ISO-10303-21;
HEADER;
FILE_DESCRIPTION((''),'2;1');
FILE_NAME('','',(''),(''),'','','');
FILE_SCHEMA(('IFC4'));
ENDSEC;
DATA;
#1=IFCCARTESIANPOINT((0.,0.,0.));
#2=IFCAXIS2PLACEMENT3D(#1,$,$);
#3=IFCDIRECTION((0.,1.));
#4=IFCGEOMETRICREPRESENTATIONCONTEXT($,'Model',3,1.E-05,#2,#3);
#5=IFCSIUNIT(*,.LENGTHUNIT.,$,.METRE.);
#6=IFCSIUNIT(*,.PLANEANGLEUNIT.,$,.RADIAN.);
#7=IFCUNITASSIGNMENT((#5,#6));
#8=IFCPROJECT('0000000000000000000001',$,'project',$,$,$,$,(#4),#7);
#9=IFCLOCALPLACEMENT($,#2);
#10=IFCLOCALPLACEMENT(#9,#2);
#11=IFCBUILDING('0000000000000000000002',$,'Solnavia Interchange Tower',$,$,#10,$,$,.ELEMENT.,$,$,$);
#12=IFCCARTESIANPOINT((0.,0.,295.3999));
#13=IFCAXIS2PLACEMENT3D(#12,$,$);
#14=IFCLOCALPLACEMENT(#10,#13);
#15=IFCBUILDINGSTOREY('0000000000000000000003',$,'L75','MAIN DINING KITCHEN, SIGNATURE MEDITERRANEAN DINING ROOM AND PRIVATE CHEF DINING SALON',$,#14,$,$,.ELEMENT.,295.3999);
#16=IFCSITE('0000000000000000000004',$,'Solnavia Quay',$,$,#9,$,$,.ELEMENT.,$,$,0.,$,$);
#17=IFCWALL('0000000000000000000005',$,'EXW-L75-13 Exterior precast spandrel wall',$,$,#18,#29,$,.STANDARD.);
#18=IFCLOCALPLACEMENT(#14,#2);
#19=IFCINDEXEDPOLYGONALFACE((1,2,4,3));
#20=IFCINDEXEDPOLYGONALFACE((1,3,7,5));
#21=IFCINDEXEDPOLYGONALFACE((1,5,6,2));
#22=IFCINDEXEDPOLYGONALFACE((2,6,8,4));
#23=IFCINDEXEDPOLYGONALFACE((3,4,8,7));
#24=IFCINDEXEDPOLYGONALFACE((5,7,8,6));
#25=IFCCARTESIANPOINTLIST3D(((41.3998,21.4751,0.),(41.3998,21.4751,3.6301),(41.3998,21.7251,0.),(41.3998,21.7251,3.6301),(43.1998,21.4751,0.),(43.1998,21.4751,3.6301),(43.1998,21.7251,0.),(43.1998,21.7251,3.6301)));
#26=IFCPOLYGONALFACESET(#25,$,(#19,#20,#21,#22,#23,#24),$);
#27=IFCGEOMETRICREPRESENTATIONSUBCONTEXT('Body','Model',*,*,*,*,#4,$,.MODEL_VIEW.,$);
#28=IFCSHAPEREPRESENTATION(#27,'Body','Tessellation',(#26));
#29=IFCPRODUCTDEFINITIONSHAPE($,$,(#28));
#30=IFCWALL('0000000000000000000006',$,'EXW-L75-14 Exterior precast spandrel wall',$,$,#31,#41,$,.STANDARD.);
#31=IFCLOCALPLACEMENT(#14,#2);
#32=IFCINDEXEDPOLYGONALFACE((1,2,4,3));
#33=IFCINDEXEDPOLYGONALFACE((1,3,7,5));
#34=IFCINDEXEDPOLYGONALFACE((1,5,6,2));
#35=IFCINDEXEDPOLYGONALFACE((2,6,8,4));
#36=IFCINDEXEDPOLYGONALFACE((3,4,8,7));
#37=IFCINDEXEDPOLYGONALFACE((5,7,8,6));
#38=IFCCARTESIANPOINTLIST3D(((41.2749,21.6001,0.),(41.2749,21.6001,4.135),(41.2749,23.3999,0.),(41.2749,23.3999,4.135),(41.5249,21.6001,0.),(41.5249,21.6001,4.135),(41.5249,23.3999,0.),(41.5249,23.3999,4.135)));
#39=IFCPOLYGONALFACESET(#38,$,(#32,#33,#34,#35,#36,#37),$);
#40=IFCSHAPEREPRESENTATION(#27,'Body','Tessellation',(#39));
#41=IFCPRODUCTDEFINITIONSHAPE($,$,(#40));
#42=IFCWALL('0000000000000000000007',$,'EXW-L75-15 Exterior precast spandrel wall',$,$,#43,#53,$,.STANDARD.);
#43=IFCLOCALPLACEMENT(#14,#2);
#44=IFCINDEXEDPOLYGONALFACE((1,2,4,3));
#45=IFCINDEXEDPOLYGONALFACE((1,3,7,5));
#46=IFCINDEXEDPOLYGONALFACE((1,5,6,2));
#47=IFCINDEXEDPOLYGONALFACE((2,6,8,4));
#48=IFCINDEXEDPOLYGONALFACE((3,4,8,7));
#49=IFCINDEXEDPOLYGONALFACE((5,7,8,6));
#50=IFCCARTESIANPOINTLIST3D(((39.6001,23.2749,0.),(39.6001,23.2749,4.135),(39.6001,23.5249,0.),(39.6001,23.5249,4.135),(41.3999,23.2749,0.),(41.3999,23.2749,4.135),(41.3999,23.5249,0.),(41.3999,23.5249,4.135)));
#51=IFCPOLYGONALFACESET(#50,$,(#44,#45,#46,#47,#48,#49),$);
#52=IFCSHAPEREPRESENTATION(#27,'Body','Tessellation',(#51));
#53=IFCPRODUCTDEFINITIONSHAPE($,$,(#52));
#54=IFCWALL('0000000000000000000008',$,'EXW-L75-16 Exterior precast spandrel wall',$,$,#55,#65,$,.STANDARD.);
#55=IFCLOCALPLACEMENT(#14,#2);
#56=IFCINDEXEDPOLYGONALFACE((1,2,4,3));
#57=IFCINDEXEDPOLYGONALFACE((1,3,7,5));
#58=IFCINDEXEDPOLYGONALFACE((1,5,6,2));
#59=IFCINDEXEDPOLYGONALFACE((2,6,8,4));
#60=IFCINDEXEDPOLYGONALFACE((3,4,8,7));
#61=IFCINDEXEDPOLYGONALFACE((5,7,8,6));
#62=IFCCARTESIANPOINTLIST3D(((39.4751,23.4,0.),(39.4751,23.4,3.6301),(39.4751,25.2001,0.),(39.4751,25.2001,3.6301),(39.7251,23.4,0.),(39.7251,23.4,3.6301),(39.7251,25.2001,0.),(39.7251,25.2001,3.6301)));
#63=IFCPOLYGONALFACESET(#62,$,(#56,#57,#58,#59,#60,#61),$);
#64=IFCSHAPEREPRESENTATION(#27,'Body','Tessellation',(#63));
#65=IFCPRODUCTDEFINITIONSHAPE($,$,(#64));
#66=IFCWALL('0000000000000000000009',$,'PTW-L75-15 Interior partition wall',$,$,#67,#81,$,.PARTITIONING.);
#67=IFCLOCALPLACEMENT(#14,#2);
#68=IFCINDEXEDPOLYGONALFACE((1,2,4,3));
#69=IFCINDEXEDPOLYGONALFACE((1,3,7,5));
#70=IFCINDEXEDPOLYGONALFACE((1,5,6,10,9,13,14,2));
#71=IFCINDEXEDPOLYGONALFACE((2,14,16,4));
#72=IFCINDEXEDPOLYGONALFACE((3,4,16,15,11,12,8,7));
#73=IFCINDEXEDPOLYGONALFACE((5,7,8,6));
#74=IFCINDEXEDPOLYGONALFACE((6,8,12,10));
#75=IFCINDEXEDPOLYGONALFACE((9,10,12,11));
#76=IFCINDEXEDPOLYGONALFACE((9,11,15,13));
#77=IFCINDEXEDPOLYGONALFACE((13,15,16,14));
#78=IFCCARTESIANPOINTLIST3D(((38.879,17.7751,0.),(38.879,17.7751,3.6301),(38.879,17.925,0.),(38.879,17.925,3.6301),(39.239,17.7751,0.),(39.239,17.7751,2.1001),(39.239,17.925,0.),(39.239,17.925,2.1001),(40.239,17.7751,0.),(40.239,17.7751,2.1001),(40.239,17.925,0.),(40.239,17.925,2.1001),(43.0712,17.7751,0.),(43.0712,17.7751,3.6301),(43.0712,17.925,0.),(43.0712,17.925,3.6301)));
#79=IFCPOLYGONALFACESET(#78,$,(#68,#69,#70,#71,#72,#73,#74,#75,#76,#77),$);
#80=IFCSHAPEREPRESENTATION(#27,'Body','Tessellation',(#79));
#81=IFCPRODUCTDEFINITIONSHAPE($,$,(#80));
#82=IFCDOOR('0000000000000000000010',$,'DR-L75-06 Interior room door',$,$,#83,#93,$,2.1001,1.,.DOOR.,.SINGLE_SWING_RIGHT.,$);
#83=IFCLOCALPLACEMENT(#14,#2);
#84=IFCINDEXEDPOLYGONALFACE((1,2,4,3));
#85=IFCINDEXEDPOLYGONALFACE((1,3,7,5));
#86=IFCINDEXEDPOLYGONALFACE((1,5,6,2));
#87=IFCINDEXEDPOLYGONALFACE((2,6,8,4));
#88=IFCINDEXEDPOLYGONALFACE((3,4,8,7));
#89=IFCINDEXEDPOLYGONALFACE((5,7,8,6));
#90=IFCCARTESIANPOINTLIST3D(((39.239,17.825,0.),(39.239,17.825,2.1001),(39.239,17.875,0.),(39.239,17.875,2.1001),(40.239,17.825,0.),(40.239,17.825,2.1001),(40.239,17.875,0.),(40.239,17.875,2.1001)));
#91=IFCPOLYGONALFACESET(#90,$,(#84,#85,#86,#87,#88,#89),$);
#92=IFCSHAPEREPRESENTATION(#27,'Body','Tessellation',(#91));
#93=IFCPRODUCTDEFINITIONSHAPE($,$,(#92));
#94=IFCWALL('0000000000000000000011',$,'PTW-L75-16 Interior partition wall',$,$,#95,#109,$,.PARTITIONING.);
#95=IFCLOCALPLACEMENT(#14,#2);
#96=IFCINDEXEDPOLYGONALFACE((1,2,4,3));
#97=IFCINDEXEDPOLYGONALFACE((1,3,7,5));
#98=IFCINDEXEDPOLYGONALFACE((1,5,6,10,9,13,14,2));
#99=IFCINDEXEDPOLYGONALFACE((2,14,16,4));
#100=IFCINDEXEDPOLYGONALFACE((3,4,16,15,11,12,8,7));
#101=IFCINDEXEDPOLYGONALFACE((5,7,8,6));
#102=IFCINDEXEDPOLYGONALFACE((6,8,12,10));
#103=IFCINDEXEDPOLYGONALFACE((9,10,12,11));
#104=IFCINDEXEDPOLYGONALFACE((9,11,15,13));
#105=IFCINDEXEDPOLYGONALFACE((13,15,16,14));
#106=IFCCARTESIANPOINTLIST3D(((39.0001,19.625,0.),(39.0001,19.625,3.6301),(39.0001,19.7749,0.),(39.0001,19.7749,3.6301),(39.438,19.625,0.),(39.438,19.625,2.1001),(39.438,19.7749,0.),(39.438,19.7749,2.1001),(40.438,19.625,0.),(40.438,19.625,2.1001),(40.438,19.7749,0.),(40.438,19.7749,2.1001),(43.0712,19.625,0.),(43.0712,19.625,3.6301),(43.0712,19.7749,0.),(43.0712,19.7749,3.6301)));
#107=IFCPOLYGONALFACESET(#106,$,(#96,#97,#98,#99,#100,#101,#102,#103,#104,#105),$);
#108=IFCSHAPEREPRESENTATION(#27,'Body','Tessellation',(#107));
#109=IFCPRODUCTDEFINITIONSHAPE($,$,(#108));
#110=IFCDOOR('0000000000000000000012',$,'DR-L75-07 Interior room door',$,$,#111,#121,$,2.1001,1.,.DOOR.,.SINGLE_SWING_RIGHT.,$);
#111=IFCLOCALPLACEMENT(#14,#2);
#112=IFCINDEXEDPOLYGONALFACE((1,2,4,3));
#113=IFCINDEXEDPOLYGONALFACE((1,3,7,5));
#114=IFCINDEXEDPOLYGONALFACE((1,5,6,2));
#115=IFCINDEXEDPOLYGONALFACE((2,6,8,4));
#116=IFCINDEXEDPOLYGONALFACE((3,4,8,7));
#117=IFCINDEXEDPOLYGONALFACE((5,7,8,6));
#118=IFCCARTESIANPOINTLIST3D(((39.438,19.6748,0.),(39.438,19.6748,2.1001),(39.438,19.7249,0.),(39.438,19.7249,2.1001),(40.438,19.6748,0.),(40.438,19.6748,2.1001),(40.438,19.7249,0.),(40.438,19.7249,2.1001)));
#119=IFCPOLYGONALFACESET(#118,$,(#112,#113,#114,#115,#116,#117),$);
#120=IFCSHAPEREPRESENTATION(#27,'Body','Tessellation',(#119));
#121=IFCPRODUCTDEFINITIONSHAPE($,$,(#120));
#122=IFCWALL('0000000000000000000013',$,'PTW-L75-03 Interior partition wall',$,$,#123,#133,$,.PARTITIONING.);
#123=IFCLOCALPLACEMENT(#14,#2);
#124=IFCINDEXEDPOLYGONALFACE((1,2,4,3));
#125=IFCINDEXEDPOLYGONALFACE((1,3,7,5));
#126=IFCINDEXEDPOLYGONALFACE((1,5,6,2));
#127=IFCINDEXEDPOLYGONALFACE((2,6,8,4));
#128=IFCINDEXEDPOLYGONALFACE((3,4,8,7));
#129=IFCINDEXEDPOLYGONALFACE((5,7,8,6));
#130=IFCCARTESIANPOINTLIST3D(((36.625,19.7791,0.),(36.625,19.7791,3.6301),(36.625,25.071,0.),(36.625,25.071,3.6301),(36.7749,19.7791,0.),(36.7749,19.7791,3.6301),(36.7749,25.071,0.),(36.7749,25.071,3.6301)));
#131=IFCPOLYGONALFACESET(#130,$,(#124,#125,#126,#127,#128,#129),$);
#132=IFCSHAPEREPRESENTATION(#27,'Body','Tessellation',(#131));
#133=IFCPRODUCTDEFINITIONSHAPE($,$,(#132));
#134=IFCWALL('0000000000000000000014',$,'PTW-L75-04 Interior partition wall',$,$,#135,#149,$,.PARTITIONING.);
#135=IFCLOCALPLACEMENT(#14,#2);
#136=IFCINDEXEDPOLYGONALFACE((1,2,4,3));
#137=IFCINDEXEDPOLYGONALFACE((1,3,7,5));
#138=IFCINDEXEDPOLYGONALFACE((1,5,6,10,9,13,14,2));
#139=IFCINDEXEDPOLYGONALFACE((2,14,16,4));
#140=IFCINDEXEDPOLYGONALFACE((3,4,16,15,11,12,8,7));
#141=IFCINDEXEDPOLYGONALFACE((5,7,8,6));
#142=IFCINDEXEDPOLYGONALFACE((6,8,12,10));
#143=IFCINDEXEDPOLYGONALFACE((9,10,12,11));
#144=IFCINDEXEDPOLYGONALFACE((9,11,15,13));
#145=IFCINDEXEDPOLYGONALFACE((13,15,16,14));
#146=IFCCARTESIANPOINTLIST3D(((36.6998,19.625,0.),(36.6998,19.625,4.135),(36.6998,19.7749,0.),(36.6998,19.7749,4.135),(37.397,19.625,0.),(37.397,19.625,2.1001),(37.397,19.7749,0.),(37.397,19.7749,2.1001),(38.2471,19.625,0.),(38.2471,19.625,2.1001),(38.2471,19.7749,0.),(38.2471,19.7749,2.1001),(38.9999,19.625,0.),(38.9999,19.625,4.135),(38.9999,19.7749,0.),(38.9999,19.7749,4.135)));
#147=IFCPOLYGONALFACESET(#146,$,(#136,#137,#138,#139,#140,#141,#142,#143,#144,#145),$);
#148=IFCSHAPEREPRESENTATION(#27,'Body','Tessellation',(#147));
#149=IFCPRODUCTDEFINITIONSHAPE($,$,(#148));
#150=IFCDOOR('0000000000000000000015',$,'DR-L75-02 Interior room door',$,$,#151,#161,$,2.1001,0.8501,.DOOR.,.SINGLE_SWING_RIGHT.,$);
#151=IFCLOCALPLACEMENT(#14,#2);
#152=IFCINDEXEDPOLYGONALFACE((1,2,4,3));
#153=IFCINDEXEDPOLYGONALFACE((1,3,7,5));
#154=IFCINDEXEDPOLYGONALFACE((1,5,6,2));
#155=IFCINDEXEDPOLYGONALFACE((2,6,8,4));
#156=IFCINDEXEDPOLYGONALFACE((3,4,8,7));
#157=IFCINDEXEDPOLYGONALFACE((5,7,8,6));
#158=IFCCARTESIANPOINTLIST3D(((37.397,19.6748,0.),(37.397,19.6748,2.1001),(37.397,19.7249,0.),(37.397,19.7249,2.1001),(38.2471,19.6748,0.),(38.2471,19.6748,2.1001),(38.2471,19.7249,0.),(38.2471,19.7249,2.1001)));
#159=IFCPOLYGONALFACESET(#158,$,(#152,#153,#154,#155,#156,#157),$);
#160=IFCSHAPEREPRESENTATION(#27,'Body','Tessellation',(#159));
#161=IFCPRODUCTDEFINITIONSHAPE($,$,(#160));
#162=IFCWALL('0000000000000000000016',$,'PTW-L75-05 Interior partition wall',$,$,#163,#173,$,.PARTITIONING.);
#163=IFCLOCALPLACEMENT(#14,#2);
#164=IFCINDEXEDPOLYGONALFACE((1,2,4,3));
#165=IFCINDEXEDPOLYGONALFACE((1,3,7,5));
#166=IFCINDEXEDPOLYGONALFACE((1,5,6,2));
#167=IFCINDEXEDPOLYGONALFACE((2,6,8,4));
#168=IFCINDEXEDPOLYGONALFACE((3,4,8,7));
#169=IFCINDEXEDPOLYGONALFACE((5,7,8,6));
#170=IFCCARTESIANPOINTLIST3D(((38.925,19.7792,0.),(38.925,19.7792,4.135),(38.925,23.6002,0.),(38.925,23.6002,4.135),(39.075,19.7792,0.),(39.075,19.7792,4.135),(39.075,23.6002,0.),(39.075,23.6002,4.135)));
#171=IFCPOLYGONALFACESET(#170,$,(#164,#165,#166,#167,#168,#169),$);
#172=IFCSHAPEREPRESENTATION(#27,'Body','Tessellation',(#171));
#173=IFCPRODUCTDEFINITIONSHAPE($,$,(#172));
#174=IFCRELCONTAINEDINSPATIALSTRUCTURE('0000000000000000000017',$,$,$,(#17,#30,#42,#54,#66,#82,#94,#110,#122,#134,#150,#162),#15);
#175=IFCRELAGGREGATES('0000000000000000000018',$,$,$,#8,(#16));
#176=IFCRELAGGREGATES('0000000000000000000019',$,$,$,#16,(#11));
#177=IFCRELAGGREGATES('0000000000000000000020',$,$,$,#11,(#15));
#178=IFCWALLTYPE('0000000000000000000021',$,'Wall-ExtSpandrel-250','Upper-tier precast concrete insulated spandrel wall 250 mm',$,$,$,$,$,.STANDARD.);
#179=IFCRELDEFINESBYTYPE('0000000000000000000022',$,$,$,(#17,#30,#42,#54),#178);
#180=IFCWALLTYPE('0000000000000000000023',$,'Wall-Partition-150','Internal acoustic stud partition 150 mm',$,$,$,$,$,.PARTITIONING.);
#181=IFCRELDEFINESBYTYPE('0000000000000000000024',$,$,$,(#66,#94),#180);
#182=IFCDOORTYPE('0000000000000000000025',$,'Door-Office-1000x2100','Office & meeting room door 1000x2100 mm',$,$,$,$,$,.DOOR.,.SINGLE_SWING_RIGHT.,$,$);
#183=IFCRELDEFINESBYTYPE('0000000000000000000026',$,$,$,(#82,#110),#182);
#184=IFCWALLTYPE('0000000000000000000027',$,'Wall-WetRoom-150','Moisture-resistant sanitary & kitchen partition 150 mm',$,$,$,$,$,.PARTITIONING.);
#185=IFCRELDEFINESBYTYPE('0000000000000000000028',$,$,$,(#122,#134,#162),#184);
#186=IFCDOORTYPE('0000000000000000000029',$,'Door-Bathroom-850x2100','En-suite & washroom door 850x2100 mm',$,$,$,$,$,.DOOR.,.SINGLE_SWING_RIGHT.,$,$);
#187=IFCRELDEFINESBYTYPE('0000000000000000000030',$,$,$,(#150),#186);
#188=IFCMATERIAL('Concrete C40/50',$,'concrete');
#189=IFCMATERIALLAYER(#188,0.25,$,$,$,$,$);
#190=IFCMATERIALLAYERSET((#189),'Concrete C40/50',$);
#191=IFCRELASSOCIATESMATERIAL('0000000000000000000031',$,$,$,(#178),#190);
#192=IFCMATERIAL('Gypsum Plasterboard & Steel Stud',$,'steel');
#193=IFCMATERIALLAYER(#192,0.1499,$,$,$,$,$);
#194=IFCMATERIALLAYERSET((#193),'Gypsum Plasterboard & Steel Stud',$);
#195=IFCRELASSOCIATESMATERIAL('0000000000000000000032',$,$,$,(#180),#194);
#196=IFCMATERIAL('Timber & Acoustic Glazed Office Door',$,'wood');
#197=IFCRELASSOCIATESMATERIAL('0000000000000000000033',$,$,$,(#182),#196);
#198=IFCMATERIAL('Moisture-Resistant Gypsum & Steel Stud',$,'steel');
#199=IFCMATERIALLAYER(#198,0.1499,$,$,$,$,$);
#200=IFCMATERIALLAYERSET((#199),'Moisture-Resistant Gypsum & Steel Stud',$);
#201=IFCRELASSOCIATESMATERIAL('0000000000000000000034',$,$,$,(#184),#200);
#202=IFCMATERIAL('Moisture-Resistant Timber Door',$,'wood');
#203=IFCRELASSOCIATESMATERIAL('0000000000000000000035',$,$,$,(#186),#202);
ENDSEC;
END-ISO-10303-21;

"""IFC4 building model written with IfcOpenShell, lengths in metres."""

from ifc_helpers import new_model, si_unit, direction, frame, frame_2d, origin, place, context, subcontext, project, spatial, rectangle, extrude, material, layer, layer_set, type_object, element, fill, save


model = new_model("IFC4")

# Units and contexts
model_context = context("Model", 3, precision=1e-05, world=origin(), true_north=direction((0.0, 1.0)))
body_context = subcontext(model_context, "Body", "Model", "MODEL_VIEW")
ifc_project = project(units=[si_unit("LENGTHUNIT", "METRE"), si_unit("PLANEANGLEUNIT", "RADIAN")], contexts=[model_context])

# Site, building, storey
site_placement = place(None, origin())
site = spatial("IfcSite", under=ifc_project, at=site_placement, Name="Solnavia Quay", CompositionType="ELEMENT", RefElevation=0.0)
building_placement = place(site_placement, origin())
building = spatial("IfcBuilding", under=site, at=building_placement, Name="Solnavia Interchange Tower", CompositionType="ELEMENT")
storey_placement = place(building_placement, frame((0.0, 0.0, 295.3999)))
storey = spatial("IfcBuildingStorey", under=building, at=storey_placement, Name="L75", Description="MAIN DINING KITCHEN, SIGNATURE MEDITERRANEAN DINING ROOM AND PRIVATE CHEF DINING SALON", CompositionType="ELEMENT", Elevation=295.3999)

# Shared definitions
ifc_material_1 = material(Name="Concrete C40/50", Category="concrete")
ifc_layer_1 = layer(ifc_material_1, 0.25)
ifc_layer_set_1 = layer_set([ifc_layer_1], Name="Concrete C40/50")
wall_type_1 = type_object("IfcWallType", Name="Wall-ExtSpandrel-250", Description="Upper-tier precast concrete insulated spandrel wall 250 mm", PredefinedType="STANDARD", material=ifc_layer_set_1)

# Walls
wall_1_placement = place(storey_placement, frame((41.3999, 21.6001, 0.0), z_axis=(0.0, 0.0, 1.0), x_axis=(1.0, 0.0, 0.0)))
element("IfcWall", 1, at=wall_1_placement, inside=storey, type_object=wall_type_1, Name="EXW-L75-13 Exterior precast spandrel wall", PredefinedType="STANDARD", context=body_context, shape_type="SweptSolid", body=[
    extrude(rectangle(XDim=1.8, YDim=0.25, at=frame_2d((0.8999, 0.0))), origin(), (0.0, 0.0, 1.0), 3.6301),
])
for number, where, z_axis, x_axis, name in (
    (2, (41.3999, 23.3999, 0.0), (0.0, 0.0, 1.0), (0.0, -1.0, 0.0), "EXW-L75-14 Exterior precast spandrel wall"),
    (3, (39.6001, 23.3999, 0.0), (0.0, 0.0, 1.0), (1.0, 0.0, 0.0), "EXW-L75-15 Exterior precast spandrel wall"),
):
    element("IfcWall", number, at=place(storey_placement, frame(where, z_axis=z_axis, x_axis=x_axis)), inside=storey, type_object=wall_type_1, Name=name, PredefinedType="STANDARD", context=body_context, shape_type="SweptSolid", body=[
        extrude(rectangle(XDim=1.7998, YDim=0.25, at=frame_2d((0.8999, 0.0))), origin(), (0.0, 0.0, 1.0), 4.135),
    ])
wall_2_placement = place(storey_placement, frame((39.6001, 25.2, 0.0), z_axis=(0.0, 0.0, 1.0), x_axis=(0.0, -1.0, 0.0)))
element("IfcWall", 4, at=wall_2_placement, inside=storey, type_object=wall_type_1, Name="EXW-L75-16 Exterior precast spandrel wall", PredefinedType="STANDARD", context=body_context, shape_type="SweptSolid", body=[
    extrude(rectangle(XDim=1.8, YDim=0.25, at=frame_2d((0.8999, 0.0))), origin(), (0.0, 0.0, 1.0), 3.6301),
])

# Walls, openings, doors
ifc_material_2 = material(Name="Gypsum Plasterboard & Steel Stud", Category="steel")
ifc_layer_2 = layer(ifc_material_2, 0.1499)
ifc_layer_set_2 = layer_set([ifc_layer_2], Name="Gypsum Plasterboard & Steel Stud")
wall_type_2 = type_object("IfcWallType", Name="Wall-Partition-150", Description="Internal acoustic stud partition 150 mm", PredefinedType="PARTITIONING", material=ifc_layer_set_2)
wall_3_placement = place(storey_placement, frame((38.8789, 17.8501, 0.0), z_axis=(0.0, 0.0, 1.0), x_axis=(1.0, 0.0, 0.0)))
wall_3 = element("IfcWall", 5, at=wall_3_placement, inside=storey, type_object=wall_type_2, Name="PTW-L75-15 Interior partition wall", PredefinedType="PARTITIONING", context=body_context, shape_type="SweptSolid", body=[
    extrude(rectangle(XDim=4.1921, YDim=0.1499, at=frame_2d((2.0962, 0.0))), origin(), (0.0, 0.0, 1.0), 3.6301),
])
opening_1_placement = place(wall_3_placement, frame((0.3601, 0.0, 0.0)))
opening_1 = element("IfcOpeningElement", 6, at=opening_1_placement, cuts=wall_3, PredefinedType="OPENING", context=body_context, shape_type="SweptSolid", body=[
    extrude(rectangle(XDim=1.0, YDim=2.1001, at=frame_2d((0.5, 1.05))), frame((0.0, 0.085, 0.0), z_axis=(0.0, -1.0, 0.0), x_axis=(1.0, 0.0, 0.0)), (0.0, 0.0, 1.0), 0.1699),
])
ifc_material_3 = material(Name="Timber & Acoustic Glazed Office Door", Category="wood")
door_type_1 = type_object("IfcDoorType", Name="Door-Office-1000x2100", Description="Office & meeting room door 1000x2100 mm", OperationType="SINGLE_SWING_RIGHT", PredefinedType="DOOR", material=ifc_material_3)
door_1_placement = place(opening_1_placement, origin())
door_1 = element("IfcDoor", 7, at=door_1_placement, inside=storey, type_object=door_type_1, Name="DR-L75-06 Interior room door", OperationType="SINGLE_SWING_RIGHT", OverallHeight=2.1001, OverallWidth=1.0, PredefinedType="DOOR", context=body_context, shape_type="SweptSolid", body=[
    extrude(rectangle(XDim=1.0, YDim=2.1001, at=frame_2d((0.5, 1.05))), frame((0.0, 0.0249, 0.0), z_axis=(0.0, -1.0, 0.0), x_axis=(1.0, 0.0, 0.0)), (0.0, 0.0, 1.0), 0.05),
])
fill(opening_1, door_1)
wall_4_placement = place(storey_placement, frame((39.0, 19.7, 0.0), z_axis=(0.0, 0.0, 1.0), x_axis=(1.0, 0.0, 0.0)))
wall_4 = element("IfcWall", 8, at=wall_4_placement, inside=storey, type_object=wall_type_2, Name="PTW-L75-16 Interior partition wall", PredefinedType="PARTITIONING", context=body_context, shape_type="SweptSolid", body=[
    extrude(rectangle(XDim=4.071, YDim=0.1499, at=frame_2d((2.0356, 0.0))), origin(), (0.0, 0.0, 1.0), 3.6301),
])
opening_2_placement = place(wall_4_placement, frame((0.438, 0.0, 0.0)))
opening_2 = element("IfcOpeningElement", 9, at=opening_2_placement, cuts=wall_4, PredefinedType="OPENING", context=body_context, shape_type="SweptSolid", body=[
    extrude(rectangle(XDim=1.0, YDim=2.1001, at=frame_2d((0.5, 1.05))), frame((0.0, 0.085, 0.0), z_axis=(0.0, -1.0, 0.0), x_axis=(1.0, 0.0, 0.0)), (0.0, 0.0, 1.0), 0.1699),
])
door_2_placement = place(opening_2_placement, origin())
door_2 = element("IfcDoor", 10, at=door_2_placement, inside=storey, type_object=door_type_1, Name="DR-L75-07 Interior room door", OperationType="SINGLE_SWING_RIGHT", OverallHeight=2.1001, OverallWidth=1.0, PredefinedType="DOOR", context=body_context, shape_type="SweptSolid", body=[
    extrude(rectangle(XDim=1.0, YDim=2.1001, at=frame_2d((0.5, 1.05))), frame((0.0, 0.0249, 0.0), z_axis=(0.0, -1.0, 0.0), x_axis=(1.0, 0.0, 0.0)), (0.0, 0.0, 1.0), 0.05),
])
fill(opening_2, door_2)

# Wall
ifc_material_4 = material(Name="Moisture-Resistant Gypsum & Steel Stud", Category="steel")
ifc_layer_3 = layer(ifc_material_4, 0.1499)
ifc_layer_set_3 = layer_set([ifc_layer_3], Name="Moisture-Resistant Gypsum & Steel Stud")
wall_type_3 = type_object("IfcWallType", Name="Wall-WetRoom-150", Description="Moisture-resistant sanitary & kitchen partition 150 mm", PredefinedType="PARTITIONING", material=ifc_layer_set_3)
wall_5_placement = place(storey_placement, frame((36.7, 19.7791, 0.0), z_axis=(0.0, 0.0, 1.0), x_axis=(0.0, 1.0, 0.0)))
element("IfcWall", 11, at=wall_5_placement, inside=storey, type_object=wall_type_3, Name="PTW-L75-03 Interior partition wall", PredefinedType="PARTITIONING", context=body_context, shape_type="SweptSolid", body=[
    extrude(rectangle(XDim=5.292, YDim=0.1499, at=frame_2d((2.646, 0.0))), origin(), (0.0, 0.0, 1.0), 3.6301),
])

# Wall, opening, door
wall_6_placement = place(storey_placement, frame((36.7, 19.7, 0.0), z_axis=(0.0, 0.0, 1.0), x_axis=(1.0, 0.0, 0.0)))
wall_6 = element("IfcWall", 12, at=wall_6_placement, inside=storey, type_object=wall_type_3, Name="PTW-L75-04 Interior partition wall", PredefinedType="PARTITIONING", context=body_context, shape_type="SweptSolid", body=[
    extrude(rectangle(XDim=2.3, YDim=0.1499, at=frame_2d((1.1499, 0.0))), origin(), (0.0, 0.0, 1.0), 4.135),
])
opening_3_placement = place(wall_6_placement, frame((0.697, 0.0, 0.0)))
opening_3 = element("IfcOpeningElement", 13, at=opening_3_placement, cuts=wall_6, PredefinedType="OPENING", context=body_context, shape_type="SweptSolid", body=[
    extrude(rectangle(XDim=0.8501, YDim=2.1001, at=frame_2d((0.425, 1.05))), frame((0.0, 0.085, 0.0), z_axis=(0.0, -1.0, 0.0), x_axis=(1.0, 0.0, 0.0)), (0.0, 0.0, 1.0), 0.1699),
])
ifc_material_5 = material(Name="Moisture-Resistant Timber Door", Category="wood")
door_type_2 = type_object("IfcDoorType", Name="Door-Bathroom-850x2100", Description="En-suite & washroom door 850x2100 mm", OperationType="SINGLE_SWING_RIGHT", PredefinedType="DOOR", material=ifc_material_5)
door_3_placement = place(opening_3_placement, origin())
door_3 = element("IfcDoor", 14, at=door_3_placement, inside=storey, type_object=door_type_2, Name="DR-L75-02 Interior room door", OperationType="SINGLE_SWING_RIGHT", OverallHeight=2.1001, OverallWidth=0.8501, PredefinedType="DOOR", context=body_context, shape_type="SweptSolid", body=[
    extrude(rectangle(XDim=0.8501, YDim=2.1001, at=frame_2d((0.425, 1.05))), frame((0.0, 0.0249, 0.0), z_axis=(0.0, -1.0, 0.0), x_axis=(1.0, 0.0, 0.0)), (0.0, 0.0, 1.0), 0.05),
])
fill(opening_3, door_3)

# Wall
wall_7_placement = place(storey_placement, frame((39.0, 19.7791, 0.0), z_axis=(0.0, 0.0, 1.0), x_axis=(0.0, 1.0, 0.0)))
element("IfcWall", 15, at=wall_7_placement, inside=storey, type_object=wall_type_3, Name="PTW-L75-05 Interior partition wall", PredefinedType="PARTITIONING", context=body_context, shape_type="SweptSolid", body=[
    extrude(rectangle(XDim=3.821, YDim=0.1499, at=frame_2d((1.9106, 0.0))), origin(), (0.0, 0.0, 1.0), 4.135),
])

save(model, "model.ifc")
